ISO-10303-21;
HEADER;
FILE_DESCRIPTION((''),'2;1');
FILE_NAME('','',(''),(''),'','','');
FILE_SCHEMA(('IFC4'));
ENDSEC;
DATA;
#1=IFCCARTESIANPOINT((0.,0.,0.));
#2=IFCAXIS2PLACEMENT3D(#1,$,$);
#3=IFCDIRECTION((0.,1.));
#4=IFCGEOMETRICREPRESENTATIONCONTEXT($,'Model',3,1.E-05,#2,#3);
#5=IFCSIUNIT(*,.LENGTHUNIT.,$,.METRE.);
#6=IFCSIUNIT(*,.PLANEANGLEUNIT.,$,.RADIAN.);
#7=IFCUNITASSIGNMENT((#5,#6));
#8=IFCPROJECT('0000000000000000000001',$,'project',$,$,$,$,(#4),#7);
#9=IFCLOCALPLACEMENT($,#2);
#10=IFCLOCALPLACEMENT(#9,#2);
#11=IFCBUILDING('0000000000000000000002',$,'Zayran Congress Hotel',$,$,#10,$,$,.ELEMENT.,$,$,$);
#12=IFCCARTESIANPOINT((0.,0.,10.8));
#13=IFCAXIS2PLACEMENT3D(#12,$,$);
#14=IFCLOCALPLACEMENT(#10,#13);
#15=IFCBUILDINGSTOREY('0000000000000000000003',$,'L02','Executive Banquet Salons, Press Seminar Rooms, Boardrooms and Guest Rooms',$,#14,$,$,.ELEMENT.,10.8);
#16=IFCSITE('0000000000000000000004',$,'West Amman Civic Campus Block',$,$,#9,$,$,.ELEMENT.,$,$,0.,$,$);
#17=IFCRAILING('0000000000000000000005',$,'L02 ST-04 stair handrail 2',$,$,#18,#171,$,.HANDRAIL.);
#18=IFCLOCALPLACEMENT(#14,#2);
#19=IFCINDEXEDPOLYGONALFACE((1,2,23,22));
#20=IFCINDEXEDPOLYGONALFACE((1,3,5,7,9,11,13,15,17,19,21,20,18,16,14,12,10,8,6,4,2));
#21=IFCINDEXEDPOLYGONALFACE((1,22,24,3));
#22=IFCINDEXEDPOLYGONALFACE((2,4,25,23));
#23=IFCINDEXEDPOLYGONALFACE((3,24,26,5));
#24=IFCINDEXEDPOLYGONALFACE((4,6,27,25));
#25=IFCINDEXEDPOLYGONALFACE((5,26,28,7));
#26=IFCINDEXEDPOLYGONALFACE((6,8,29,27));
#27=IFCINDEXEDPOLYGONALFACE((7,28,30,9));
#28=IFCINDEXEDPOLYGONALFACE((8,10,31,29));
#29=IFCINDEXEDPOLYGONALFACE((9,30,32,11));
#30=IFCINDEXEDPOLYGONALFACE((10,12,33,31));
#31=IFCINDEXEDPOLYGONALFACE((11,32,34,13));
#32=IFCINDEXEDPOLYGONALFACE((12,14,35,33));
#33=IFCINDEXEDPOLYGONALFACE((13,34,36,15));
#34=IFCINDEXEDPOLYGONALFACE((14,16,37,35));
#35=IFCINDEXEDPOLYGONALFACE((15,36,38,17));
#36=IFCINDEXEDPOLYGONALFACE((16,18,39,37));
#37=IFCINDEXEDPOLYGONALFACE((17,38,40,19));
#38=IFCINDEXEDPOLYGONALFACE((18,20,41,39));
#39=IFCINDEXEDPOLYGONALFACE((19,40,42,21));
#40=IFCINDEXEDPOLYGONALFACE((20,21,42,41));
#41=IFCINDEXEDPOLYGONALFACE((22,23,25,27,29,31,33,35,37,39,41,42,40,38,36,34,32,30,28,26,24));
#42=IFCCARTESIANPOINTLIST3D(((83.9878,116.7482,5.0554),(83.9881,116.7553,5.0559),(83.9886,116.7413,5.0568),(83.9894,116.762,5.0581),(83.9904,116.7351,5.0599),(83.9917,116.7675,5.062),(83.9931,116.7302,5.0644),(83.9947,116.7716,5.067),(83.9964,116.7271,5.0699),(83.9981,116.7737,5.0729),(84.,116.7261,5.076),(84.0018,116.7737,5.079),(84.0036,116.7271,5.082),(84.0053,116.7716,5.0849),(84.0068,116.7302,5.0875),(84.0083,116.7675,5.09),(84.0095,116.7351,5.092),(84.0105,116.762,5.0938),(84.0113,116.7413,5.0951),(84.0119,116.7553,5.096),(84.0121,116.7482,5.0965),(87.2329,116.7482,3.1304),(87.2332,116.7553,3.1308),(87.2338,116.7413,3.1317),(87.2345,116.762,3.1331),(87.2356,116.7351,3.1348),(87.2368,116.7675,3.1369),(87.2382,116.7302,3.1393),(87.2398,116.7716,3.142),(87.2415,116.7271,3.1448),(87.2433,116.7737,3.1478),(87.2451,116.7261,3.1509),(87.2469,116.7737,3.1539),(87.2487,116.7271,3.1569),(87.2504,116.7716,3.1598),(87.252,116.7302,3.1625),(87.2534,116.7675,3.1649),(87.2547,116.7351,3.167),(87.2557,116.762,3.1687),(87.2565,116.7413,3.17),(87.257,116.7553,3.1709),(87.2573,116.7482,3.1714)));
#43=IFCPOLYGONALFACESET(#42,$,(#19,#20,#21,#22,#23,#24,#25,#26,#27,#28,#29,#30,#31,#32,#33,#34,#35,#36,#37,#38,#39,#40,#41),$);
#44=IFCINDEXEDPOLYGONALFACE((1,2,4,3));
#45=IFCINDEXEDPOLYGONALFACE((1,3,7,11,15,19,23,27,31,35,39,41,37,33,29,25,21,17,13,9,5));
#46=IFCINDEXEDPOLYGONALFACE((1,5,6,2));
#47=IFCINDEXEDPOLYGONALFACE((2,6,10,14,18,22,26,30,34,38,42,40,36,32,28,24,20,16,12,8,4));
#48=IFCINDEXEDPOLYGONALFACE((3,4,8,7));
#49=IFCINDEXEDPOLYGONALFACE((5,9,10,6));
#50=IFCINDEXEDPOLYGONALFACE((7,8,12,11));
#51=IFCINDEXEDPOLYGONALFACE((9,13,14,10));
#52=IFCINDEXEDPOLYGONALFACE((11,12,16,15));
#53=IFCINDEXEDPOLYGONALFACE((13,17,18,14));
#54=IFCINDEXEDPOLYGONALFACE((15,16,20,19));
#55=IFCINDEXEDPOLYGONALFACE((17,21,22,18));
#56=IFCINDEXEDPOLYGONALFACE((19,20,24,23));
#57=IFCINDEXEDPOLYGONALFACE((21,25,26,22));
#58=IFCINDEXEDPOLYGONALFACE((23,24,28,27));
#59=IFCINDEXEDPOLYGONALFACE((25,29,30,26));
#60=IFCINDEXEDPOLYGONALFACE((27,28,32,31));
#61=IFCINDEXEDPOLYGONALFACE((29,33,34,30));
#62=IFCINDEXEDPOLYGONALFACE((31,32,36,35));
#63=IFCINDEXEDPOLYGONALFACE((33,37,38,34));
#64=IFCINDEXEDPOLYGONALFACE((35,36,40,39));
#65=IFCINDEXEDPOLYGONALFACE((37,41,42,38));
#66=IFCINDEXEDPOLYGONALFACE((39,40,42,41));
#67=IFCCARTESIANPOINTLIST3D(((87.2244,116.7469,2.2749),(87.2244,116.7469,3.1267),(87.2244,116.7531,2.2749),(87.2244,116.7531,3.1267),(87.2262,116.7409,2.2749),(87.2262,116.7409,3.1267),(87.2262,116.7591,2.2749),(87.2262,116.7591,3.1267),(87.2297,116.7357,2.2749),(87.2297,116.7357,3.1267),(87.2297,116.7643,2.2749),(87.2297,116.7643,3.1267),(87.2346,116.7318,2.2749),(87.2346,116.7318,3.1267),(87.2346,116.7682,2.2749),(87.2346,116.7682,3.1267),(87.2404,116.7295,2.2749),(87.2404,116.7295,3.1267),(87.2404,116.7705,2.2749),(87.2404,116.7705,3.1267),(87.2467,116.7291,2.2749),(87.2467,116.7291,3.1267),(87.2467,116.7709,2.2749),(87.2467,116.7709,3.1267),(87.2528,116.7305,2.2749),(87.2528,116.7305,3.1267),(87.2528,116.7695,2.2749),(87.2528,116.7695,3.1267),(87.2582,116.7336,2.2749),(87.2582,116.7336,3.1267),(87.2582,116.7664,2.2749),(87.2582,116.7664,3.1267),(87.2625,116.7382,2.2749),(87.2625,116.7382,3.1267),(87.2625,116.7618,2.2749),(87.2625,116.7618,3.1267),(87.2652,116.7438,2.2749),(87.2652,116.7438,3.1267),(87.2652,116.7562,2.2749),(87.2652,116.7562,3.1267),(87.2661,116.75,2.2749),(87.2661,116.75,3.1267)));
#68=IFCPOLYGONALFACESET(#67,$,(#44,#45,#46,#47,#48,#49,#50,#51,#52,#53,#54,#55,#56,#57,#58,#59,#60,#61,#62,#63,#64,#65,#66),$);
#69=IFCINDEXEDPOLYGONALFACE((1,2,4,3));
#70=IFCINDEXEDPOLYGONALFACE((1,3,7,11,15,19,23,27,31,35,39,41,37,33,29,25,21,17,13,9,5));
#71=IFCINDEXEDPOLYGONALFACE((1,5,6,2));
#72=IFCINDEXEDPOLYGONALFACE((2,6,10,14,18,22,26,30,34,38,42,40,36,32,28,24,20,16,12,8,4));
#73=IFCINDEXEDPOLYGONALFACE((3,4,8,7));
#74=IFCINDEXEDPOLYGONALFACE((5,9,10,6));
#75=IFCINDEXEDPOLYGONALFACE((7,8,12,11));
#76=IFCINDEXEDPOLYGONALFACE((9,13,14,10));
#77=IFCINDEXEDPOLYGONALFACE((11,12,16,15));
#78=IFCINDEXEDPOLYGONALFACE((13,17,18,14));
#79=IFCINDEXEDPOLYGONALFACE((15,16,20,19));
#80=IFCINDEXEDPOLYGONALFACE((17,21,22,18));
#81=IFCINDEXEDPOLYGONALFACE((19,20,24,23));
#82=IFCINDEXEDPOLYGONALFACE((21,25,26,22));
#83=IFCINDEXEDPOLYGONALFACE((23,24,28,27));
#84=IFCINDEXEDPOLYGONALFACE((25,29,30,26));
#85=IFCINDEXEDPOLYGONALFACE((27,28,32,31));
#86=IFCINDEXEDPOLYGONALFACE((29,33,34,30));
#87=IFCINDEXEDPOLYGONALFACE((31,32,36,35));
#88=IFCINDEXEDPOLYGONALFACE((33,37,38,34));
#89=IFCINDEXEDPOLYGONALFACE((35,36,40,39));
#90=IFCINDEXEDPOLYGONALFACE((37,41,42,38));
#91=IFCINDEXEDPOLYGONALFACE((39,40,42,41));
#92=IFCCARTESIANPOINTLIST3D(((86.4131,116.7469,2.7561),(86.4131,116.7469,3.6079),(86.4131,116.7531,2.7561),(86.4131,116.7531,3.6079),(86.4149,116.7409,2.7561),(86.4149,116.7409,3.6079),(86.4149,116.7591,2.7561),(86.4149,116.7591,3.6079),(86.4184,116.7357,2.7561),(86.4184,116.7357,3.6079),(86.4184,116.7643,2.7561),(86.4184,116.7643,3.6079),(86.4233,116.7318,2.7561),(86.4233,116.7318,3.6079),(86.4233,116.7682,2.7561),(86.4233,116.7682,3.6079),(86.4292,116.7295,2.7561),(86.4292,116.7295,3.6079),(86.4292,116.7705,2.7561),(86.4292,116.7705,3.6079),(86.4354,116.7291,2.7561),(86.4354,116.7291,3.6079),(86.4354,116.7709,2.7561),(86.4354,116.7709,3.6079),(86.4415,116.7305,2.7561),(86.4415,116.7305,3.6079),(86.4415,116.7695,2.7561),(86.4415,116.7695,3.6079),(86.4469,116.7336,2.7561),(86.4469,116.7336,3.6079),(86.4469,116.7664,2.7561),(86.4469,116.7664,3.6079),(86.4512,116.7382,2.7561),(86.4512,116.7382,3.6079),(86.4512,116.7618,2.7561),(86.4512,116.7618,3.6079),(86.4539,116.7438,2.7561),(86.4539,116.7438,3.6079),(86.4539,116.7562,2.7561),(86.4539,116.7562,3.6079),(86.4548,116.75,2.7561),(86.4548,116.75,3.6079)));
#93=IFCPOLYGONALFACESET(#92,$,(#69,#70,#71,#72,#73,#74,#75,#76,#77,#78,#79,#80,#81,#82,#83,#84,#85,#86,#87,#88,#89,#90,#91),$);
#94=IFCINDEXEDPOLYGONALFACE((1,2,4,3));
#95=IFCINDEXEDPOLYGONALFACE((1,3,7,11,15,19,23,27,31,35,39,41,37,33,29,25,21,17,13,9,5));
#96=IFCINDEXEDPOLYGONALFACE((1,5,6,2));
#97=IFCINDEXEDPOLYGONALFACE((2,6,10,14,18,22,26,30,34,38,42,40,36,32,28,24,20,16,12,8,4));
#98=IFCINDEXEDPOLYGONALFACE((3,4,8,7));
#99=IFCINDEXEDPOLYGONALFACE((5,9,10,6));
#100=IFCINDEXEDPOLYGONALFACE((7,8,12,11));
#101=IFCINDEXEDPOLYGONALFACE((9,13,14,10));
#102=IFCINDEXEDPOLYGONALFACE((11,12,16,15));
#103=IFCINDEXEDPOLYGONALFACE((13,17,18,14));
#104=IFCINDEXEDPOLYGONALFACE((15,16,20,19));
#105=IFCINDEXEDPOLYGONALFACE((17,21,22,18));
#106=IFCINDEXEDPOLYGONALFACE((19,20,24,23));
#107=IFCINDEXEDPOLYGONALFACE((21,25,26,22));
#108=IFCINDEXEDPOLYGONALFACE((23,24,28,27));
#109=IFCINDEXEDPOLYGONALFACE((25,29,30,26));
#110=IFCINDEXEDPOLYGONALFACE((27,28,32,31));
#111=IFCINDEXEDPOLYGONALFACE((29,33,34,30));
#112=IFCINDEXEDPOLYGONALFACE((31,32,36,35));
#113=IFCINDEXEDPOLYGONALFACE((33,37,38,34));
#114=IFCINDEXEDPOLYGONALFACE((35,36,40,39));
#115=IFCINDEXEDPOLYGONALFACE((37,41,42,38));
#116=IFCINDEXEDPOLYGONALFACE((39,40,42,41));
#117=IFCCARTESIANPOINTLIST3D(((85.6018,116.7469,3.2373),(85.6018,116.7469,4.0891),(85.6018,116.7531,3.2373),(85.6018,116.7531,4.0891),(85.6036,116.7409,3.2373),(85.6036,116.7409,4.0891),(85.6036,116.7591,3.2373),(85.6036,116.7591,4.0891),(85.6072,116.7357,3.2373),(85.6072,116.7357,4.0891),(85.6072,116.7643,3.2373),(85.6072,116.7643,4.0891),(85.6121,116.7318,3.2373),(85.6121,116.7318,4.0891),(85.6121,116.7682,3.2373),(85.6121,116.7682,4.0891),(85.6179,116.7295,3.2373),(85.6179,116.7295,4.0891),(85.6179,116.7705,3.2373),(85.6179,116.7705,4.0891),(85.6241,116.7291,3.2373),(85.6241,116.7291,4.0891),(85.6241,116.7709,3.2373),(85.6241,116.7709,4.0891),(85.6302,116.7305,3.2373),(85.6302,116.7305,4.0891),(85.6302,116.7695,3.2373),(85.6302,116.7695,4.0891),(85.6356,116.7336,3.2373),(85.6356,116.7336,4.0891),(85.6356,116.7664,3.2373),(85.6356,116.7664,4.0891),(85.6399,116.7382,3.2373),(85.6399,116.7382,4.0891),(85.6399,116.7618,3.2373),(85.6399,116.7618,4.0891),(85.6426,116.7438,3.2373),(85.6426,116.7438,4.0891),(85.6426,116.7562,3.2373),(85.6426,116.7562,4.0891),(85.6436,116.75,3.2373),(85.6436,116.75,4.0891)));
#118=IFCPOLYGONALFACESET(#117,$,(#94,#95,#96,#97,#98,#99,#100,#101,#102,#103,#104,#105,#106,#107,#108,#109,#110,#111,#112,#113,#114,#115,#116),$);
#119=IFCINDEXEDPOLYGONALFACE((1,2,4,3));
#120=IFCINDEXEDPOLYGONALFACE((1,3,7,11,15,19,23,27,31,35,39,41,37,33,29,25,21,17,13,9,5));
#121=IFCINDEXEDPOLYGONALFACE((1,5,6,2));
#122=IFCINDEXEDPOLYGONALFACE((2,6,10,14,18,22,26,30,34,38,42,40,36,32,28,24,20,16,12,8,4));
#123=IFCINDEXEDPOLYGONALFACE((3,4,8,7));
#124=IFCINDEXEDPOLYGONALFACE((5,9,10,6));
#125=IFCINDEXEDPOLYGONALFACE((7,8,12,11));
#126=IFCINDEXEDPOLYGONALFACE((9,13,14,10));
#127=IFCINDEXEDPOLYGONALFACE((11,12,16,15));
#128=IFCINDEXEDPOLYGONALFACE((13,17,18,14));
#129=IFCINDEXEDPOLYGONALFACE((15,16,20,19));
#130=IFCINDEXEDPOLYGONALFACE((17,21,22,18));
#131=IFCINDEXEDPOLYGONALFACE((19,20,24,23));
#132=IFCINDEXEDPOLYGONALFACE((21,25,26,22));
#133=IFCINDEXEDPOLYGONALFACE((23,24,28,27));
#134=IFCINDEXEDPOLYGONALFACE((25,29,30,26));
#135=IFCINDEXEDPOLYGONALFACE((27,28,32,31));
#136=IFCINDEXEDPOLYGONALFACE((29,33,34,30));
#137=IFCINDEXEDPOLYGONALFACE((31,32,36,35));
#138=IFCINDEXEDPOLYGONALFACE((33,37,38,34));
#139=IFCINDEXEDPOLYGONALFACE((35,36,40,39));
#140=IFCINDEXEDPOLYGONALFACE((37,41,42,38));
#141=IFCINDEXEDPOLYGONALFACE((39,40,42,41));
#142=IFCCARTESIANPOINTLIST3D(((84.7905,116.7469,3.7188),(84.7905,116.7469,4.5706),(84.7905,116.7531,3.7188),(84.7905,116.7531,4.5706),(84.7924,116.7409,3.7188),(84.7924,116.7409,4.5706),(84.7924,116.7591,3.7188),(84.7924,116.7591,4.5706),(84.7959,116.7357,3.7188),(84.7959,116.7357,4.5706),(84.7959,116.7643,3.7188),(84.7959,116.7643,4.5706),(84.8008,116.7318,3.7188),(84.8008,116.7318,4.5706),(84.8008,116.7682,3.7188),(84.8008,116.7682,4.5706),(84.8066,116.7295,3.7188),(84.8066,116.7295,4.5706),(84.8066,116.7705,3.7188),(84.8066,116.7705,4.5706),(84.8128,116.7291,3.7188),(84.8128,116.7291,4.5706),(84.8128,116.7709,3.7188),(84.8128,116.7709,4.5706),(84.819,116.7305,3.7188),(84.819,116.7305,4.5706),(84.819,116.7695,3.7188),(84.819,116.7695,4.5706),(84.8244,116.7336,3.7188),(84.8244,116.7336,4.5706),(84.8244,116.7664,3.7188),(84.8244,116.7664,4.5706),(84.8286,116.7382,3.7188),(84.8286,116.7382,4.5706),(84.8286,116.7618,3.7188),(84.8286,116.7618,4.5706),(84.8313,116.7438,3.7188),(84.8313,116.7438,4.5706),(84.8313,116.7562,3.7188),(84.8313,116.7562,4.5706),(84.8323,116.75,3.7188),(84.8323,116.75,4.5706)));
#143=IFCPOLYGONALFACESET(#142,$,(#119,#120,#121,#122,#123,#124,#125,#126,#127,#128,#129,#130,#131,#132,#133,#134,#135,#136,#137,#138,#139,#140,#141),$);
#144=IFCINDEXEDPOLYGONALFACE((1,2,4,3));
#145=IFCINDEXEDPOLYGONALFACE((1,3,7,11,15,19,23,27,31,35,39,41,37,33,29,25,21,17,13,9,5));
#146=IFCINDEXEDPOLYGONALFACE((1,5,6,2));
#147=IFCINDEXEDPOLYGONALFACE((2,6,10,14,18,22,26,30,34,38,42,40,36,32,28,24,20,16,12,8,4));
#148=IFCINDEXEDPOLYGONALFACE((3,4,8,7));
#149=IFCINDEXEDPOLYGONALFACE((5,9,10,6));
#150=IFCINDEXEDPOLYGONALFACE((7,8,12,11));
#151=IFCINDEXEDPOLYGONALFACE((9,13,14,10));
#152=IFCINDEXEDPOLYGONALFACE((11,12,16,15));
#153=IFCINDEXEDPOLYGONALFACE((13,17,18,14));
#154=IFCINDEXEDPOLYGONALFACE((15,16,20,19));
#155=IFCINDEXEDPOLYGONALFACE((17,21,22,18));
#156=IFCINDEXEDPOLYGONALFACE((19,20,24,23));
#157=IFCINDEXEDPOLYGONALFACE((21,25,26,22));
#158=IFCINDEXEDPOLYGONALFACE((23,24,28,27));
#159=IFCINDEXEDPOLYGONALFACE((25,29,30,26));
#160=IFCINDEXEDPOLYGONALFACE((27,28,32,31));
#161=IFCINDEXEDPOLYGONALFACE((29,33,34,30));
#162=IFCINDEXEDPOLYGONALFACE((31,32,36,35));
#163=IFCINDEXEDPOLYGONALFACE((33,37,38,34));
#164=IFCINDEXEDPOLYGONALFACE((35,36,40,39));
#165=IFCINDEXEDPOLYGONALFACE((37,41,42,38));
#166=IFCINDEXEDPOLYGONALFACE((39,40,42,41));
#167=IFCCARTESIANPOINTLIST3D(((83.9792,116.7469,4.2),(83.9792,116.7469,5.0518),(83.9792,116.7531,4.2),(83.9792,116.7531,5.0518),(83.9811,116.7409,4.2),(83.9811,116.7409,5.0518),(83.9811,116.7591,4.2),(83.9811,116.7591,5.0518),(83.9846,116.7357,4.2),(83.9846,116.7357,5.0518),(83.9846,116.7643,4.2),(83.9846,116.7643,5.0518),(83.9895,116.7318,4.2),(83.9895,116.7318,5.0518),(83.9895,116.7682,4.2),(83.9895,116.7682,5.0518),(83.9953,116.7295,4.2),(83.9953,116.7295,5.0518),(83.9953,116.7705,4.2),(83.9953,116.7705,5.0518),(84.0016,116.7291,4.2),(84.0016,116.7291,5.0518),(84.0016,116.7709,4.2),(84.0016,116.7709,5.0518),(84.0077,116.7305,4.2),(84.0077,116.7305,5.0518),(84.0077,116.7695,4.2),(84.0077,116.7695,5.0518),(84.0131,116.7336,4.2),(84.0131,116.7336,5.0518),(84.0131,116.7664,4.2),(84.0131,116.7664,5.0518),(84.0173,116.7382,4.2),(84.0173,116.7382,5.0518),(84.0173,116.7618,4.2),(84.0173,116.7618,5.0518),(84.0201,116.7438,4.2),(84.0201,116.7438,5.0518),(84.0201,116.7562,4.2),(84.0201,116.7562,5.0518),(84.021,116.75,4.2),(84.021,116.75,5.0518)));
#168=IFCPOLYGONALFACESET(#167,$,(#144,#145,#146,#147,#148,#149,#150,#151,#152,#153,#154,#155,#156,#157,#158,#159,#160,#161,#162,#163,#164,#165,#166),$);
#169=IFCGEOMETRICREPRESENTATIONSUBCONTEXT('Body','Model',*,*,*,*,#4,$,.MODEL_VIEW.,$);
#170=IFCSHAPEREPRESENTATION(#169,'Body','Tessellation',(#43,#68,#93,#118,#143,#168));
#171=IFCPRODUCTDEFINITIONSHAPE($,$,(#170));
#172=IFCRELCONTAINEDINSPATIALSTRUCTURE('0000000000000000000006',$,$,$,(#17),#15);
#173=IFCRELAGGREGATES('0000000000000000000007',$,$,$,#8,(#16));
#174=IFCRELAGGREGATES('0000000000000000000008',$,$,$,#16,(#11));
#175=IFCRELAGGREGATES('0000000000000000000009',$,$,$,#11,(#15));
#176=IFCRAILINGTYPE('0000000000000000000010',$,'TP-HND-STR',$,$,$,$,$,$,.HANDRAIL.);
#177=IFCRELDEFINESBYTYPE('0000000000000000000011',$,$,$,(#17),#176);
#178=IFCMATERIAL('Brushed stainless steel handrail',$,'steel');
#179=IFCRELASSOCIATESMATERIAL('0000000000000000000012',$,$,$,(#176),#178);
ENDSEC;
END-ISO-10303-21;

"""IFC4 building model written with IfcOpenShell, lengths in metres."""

from ifc_helpers import new_model, si_unit, direction, frame, origin, origin_2d, place, context, subcontext, project, spatial, circle, extrude, material, type_object, element, save


model = new_model("IFC4")

# Units and contexts
model_context = context("Model", 3, precision=1e-05, world=origin(), true_north=direction((0.0, 1.0)))
body_context = subcontext(model_context, "Body", "Model", "MODEL_VIEW")
ifc_project = project(units=[si_unit("LENGTHUNIT", "METRE"), si_unit("PLANEANGLEUNIT", "RADIAN")], contexts=[model_context])

# Site, building, storey
site_placement = place(None, origin())
site = spatial("IfcSite", under=ifc_project, at=site_placement, Name="West Amman Civic Campus Block", CompositionType="ELEMENT", RefElevation=0.0)
building_placement = place(site_placement, origin())
building = spatial("IfcBuilding", under=site, at=building_placement, Name="Zayran Congress Hotel", CompositionType="ELEMENT")
storey_placement = place(building_placement, frame((0.0, 0.0, 10.8)))
storey = spatial("IfcBuildingStorey", under=building, at=storey_placement, Name="L02", Description="Executive Banquet Salons, Press Seminar Rooms, Boardrooms and Guest Rooms", CompositionType="ELEMENT", Elevation=10.8)

# Railing
ifc_material_1 = material(Name="Brushed stainless steel handrail", Category="steel")
railing_type_1 = type_object("IfcRailingType", Name="TP-HND-STR", PredefinedType="HANDRAIL", material=ifc_material_1)
railing_1_placement = place(storey_placement, frame((87.2451, 116.75, 2.2749)))
element("IfcRailing", 1, at=railing_1_placement, inside=storey, type_object=railing_type_1, Name="L02 ST-04 stair handrail 2", PredefinedType="HANDRAIL", context=body_context, shape_type="SweptSolid", body=[
    extrude(circle(Radius=0.0239, at=origin_2d()), frame((0.0, 0.0, 0.876), z_axis=(-0.860057, 0.0, 0.510198), x_axis=(0.0, -1.0, 0.0)), (0.0, 0.0, 1.0), 3.7732),
    extrude(circle(Radius=0.021, at=origin_2d()), origin(), (0.0, 0.0, 1.0), 0.8518),
    extrude(circle(Radius=0.021, at=origin_2d()), frame((-0.8113, 0.0, 0.4812)), (0.0, 0.0, 1.0), 0.8518),
    extrude(circle(Radius=0.021, at=origin_2d()), frame((-1.6226, 0.0, 0.9624)), (0.0, 0.0, 1.0), 0.8518),
    extrude(circle(Radius=0.021, at=origin_2d()), frame((-2.4338, 0.0, 1.4438)), (0.0, 0.0, 1.0), 0.8518),
    extrude(circle(Radius=0.021, at=origin_2d()), frame((-3.2451, 0.0, 1.925)), (0.0, 0.0, 1.0), 0.8518),
])

save(model, "model.ifc")
